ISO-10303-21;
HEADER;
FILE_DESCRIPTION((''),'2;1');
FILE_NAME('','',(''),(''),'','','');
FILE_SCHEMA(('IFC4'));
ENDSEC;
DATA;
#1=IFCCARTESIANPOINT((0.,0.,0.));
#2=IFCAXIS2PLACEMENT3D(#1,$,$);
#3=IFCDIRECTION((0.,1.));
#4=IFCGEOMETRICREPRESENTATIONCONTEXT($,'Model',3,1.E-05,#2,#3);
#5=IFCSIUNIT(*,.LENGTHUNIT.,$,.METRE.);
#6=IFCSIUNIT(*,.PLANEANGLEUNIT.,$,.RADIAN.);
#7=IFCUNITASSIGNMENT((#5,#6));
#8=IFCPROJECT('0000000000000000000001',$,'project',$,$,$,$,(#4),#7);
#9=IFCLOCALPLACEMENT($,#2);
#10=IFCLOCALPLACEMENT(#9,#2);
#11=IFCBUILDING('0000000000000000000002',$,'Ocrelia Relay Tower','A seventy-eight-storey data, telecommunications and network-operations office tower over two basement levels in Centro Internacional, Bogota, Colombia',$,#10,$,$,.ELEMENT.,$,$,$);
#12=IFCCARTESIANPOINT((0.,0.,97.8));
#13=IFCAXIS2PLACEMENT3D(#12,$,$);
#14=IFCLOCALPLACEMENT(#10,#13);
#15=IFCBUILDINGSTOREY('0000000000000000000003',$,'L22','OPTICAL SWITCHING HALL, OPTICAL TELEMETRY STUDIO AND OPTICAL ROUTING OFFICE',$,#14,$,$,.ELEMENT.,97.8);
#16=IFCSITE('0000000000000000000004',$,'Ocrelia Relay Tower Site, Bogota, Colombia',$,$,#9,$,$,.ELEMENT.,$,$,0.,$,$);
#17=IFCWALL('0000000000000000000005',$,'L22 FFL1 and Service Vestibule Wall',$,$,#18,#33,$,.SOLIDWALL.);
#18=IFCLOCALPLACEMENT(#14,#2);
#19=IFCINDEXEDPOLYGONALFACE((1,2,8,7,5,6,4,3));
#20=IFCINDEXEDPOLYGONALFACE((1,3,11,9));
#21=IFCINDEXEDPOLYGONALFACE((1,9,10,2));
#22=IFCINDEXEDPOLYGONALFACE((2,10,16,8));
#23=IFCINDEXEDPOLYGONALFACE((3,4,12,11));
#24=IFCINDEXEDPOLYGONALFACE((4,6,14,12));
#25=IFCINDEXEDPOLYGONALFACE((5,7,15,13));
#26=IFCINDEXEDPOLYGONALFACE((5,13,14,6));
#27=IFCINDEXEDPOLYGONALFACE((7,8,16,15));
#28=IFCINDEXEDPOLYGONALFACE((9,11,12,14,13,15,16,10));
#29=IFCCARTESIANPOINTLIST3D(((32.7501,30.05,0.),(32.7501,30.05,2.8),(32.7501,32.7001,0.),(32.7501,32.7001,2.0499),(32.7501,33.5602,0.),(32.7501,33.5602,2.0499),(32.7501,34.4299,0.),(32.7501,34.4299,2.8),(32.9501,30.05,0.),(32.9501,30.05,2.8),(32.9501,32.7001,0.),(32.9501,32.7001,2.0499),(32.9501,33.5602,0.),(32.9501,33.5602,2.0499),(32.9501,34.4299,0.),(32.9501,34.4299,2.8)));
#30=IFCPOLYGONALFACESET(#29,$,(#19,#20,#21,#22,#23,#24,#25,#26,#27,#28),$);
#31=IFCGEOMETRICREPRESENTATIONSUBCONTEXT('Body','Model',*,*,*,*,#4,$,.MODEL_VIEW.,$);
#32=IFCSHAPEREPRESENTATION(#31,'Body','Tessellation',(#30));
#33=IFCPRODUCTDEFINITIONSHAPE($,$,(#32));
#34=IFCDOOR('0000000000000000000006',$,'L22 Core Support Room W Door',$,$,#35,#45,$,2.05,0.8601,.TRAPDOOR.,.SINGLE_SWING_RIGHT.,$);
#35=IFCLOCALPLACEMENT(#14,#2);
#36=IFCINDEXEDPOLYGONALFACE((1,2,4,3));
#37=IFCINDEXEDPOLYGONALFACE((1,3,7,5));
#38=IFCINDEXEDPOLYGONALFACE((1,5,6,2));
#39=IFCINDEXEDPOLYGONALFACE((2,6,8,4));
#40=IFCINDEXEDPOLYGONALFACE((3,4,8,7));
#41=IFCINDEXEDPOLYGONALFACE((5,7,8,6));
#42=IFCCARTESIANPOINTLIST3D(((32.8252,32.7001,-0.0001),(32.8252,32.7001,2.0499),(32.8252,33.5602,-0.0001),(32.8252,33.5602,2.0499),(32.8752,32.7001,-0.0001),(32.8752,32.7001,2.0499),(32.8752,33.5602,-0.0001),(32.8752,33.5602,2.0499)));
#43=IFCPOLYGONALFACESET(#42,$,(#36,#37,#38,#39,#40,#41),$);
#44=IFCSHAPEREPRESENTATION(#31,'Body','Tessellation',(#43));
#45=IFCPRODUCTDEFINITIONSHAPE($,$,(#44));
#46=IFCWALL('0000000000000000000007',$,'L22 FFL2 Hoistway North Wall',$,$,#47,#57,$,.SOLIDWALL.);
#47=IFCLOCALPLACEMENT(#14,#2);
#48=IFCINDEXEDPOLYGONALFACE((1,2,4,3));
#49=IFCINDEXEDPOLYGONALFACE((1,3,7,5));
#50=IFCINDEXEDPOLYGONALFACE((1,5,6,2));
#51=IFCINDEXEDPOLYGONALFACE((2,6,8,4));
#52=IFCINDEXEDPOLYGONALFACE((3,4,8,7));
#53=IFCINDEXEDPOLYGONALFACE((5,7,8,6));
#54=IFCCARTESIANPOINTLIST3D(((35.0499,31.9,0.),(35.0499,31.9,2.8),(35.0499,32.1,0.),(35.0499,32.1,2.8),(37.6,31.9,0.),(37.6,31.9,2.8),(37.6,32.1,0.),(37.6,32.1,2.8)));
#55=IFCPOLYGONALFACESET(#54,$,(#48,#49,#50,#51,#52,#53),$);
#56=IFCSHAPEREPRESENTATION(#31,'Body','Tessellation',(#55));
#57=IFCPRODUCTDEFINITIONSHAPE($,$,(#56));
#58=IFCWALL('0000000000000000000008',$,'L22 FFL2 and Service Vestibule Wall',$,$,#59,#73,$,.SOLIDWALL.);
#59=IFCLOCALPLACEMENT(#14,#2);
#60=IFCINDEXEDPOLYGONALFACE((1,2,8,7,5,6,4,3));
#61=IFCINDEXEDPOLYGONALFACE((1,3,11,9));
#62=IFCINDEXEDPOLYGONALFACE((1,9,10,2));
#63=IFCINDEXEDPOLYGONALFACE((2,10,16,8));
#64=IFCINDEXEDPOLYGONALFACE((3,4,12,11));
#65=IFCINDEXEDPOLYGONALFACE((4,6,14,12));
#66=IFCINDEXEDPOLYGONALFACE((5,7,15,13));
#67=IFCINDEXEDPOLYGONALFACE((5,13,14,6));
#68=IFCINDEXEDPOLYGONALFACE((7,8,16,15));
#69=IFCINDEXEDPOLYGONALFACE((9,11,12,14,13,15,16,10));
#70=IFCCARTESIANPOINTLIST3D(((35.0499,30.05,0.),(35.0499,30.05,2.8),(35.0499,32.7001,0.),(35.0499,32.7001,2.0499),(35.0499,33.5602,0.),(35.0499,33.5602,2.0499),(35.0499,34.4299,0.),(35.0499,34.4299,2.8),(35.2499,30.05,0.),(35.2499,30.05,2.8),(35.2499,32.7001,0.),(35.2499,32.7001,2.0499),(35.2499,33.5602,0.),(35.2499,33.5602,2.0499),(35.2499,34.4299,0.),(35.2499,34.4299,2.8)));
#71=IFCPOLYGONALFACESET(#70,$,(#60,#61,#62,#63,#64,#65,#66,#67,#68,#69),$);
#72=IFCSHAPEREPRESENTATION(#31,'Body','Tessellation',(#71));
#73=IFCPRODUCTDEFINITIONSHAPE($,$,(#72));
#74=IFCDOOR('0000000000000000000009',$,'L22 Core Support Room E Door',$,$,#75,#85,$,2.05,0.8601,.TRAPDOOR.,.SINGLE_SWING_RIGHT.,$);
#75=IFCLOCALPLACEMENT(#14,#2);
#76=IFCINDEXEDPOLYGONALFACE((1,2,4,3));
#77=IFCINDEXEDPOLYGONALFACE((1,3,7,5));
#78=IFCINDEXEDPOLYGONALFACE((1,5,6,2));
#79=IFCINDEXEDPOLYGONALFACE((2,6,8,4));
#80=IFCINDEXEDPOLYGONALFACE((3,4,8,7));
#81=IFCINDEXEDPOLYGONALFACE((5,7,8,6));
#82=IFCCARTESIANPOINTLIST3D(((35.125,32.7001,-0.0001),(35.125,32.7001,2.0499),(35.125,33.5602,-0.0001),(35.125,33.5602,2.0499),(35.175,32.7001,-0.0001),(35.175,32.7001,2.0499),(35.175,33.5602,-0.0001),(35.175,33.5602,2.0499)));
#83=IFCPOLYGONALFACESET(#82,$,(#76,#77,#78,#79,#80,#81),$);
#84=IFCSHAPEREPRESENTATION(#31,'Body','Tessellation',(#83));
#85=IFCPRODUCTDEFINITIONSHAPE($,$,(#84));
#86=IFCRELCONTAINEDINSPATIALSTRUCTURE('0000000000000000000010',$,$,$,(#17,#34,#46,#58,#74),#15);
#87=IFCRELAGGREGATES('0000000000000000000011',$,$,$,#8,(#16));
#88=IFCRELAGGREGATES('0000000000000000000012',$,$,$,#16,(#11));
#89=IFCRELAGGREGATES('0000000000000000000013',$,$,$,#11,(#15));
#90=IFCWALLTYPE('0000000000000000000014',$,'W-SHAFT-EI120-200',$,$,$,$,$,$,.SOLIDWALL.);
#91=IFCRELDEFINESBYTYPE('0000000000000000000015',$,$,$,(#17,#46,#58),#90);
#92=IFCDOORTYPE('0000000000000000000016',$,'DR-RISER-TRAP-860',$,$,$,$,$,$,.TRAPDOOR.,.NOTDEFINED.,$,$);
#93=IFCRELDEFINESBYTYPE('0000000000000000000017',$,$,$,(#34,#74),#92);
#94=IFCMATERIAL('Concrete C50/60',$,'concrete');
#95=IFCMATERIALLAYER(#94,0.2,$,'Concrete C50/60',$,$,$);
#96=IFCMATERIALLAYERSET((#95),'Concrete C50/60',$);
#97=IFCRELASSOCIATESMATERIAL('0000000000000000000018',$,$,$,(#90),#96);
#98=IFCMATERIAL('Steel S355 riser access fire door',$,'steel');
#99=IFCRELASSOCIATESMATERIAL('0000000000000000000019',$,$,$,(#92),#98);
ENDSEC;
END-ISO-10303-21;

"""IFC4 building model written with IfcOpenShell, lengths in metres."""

from ifc_helpers import new_model, si_unit, direction, frame, frame_2d, origin, place, context, subcontext, project, spatial, rectangle, extrude, material, layer, layer_set, type_object, element, fill, save


model = new_model("IFC4")

# Units and contexts
model_context = context("Model", 3, precision=1e-05, world=origin(), true_north=direction((0.0, 1.0)))
body_context = subcontext(model_context, "Body", "Model", "MODEL_VIEW")
ifc_project = project(units=[si_unit("LENGTHUNIT", "METRE"), si_unit("PLANEANGLEUNIT", "RADIAN")], contexts=[model_context])

# Site, building, storey
site_placement = place(None, origin())
site = spatial("IfcSite", under=ifc_project, at=site_placement, Name="Ocrelia Relay Tower Site, Bogota, Colombia", CompositionType="ELEMENT", RefElevation=0.0)
building_placement = place(site_placement, origin())
building = spatial("IfcBuilding", under=site, at=building_placement, Name="Ocrelia Relay Tower", Description="A seventy-eight-storey data, telecommunications and network-operations office tower over two basement levels in Centro Internacional, Bogota, Colombia", CompositionType="ELEMENT")
storey_placement = place(building_placement, frame((0.0, 0.0, 97.8)))
storey = spatial("IfcBuildingStorey", under=building, at=storey_placement, Name="L22", Description="OPTICAL SWITCHING HALL, OPTICAL TELEMETRY STUDIO AND OPTICAL ROUTING OFFICE", CompositionType="ELEMENT", Elevation=97.8)

# Shared definitions
ifc_material_1 = material(Name="Concrete C50/60", Category="concrete")

# Wall, opening, door
ifc_layer_1 = layer(ifc_material_1, 0.2, Name="Concrete C50/60")
ifc_layer_set_1 = layer_set([ifc_layer_1], Name="Concrete C50/60")
wall_type_1 = type_object("IfcWallType", Name="W-SHAFT-EI120-200", PredefinedType="SOLIDWALL", material=ifc_layer_set_1)
wall_1_placement = place(storey_placement, frame((32.8501, 30.05, 0.0), z_axis=(0.0, 0.0, 1.0), x_axis=(0.0, 1.0, 0.0)))
wall_1 = element("IfcWall", 1, at=wall_1_placement, inside=storey, type_object=wall_type_1, Name="L22 FFL1 and Service Vestibule Wall", PredefinedType="SOLIDWALL", context=body_context, shape_type="SweptSolid", body=[
    extrude(rectangle(XDim=4.3799, YDim=0.2, at=frame_2d((2.1899, 0.0))), origin(), (0.0, 0.0, 1.0), 2.8),
])
opening_1_placement = place(wall_1_placement, frame((2.6499, 0.0, 0.0)))
opening_1 = element("IfcOpeningElement", 2, at=opening_1_placement, cuts=wall_1, PredefinedType="OPENING", context=body_context, shape_type="SweptSolid", body=[
    extrude(rectangle(XDim=0.8601, YDim=2.05, at=frame_2d((0.4302, 1.0249))), frame((0.0, 0.1099, 0.0), z_axis=(0.0, -1.0, 0.0), x_axis=(1.0, 0.0, 0.0)), (0.0, 0.0, 1.0), 0.22),
])
ifc_material_2 = material(Name="Steel S355 riser access fire door", Category="steel")
door_type_1 = type_object("IfcDoorType", Name="DR-RISER-TRAP-860", OperationType="NOTDEFINED", PredefinedType="TRAPDOOR", material=ifc_material_2)
door_1_placement = place(opening_1_placement, origin())
door_1 = element("IfcDoor", 3, at=door_1_placement, inside=storey, type_object=door_type_1, Name="L22 Core Support Room W Door", OperationType="SINGLE_SWING_RIGHT", OverallHeight=2.05, OverallWidth=0.8601, PredefinedType="TRAPDOOR", context=body_context, shape_type="SweptSolid", body=[
    extrude(rectangle(XDim=0.8601, YDim=2.05, at=frame_2d((0.4302, 1.0249))), frame((0.0, 0.0249, 0.0), z_axis=(0.0, -1.0, 0.0), x_axis=(1.0, 0.0, 0.0)), (0.0, 0.0, 1.0), 0.05),
])
fill(opening_1, door_1)

# Wall
wall_2_placement = place(storey_placement, frame((35.05, 32.0, 0.0), z_axis=(0.0, 0.0, 1.0), x_axis=(1.0, 0.0, 0.0)))
element("IfcWall", 4, at=wall_2_placement, inside=storey, type_object=wall_type_1, Name="L22 FFL2 Hoistway North Wall", PredefinedType="SOLIDWALL", context=body_context, shape_type="SweptSolid", body=[
    extrude(rectangle(XDim=2.55, YDim=0.2, at=frame_2d((1.2749, 0.0))), origin(), (0.0, 0.0, 1.0), 2.8),
])

# Wall, opening, door
wall_3_placement = place(storey_placement, frame((35.1499, 30.05, 0.0), z_axis=(0.0, 0.0, 1.0), x_axis=(0.0, 1.0, 0.0)))
wall_3 = element("IfcWall", 5, at=wall_3_placement, inside=storey, type_object=wall_type_1, Name="L22 FFL2 and Service Vestibule Wall", PredefinedType="SOLIDWALL", context=body_context, shape_type="SweptSolid", body=[
    extrude(rectangle(XDim=4.3799, YDim=0.2, at=frame_2d((2.1899, 0.0))), origin(), (0.0, 0.0, 1.0), 2.8),
])
opening_2_placement = place(wall_3_placement, frame((2.6499, 0.0, 0.0)))
opening_2 = element("IfcOpeningElement", 6, at=opening_2_placement, cuts=wall_3, PredefinedType="OPENING", context=body_context, shape_type="SweptSolid", body=[
    extrude(rectangle(XDim=0.8601, YDim=2.05, at=frame_2d((0.4302, 1.0249))), frame((0.0, 0.1099, 0.0), z_axis=(0.0, -1.0, 0.0), x_axis=(1.0, 0.0, 0.0)), (0.0, 0.0, 1.0), 0.22),
])
door_2_placement = place(opening_2_placement, origin())
door_2 = element("IfcDoor", 7, at=door_2_placement, inside=storey, type_object=door_type_1, Name="L22 Core Support Room E Door", OperationType="SINGLE_SWING_RIGHT", OverallHeight=2.05, OverallWidth=0.8601, PredefinedType="TRAPDOOR", context=body_context, shape_type="SweptSolid", body=[
    extrude(rectangle(XDim=0.8601, YDim=2.05, at=frame_2d((0.4302, 1.0249))), frame((0.0, 0.0249, 0.0), z_axis=(0.0, -1.0, 0.0), x_axis=(1.0, 0.0, 0.0)), (0.0, 0.0, 1.0), 0.05),
])
fill(opening_2, door_2)

save(model, "model.ifc")
